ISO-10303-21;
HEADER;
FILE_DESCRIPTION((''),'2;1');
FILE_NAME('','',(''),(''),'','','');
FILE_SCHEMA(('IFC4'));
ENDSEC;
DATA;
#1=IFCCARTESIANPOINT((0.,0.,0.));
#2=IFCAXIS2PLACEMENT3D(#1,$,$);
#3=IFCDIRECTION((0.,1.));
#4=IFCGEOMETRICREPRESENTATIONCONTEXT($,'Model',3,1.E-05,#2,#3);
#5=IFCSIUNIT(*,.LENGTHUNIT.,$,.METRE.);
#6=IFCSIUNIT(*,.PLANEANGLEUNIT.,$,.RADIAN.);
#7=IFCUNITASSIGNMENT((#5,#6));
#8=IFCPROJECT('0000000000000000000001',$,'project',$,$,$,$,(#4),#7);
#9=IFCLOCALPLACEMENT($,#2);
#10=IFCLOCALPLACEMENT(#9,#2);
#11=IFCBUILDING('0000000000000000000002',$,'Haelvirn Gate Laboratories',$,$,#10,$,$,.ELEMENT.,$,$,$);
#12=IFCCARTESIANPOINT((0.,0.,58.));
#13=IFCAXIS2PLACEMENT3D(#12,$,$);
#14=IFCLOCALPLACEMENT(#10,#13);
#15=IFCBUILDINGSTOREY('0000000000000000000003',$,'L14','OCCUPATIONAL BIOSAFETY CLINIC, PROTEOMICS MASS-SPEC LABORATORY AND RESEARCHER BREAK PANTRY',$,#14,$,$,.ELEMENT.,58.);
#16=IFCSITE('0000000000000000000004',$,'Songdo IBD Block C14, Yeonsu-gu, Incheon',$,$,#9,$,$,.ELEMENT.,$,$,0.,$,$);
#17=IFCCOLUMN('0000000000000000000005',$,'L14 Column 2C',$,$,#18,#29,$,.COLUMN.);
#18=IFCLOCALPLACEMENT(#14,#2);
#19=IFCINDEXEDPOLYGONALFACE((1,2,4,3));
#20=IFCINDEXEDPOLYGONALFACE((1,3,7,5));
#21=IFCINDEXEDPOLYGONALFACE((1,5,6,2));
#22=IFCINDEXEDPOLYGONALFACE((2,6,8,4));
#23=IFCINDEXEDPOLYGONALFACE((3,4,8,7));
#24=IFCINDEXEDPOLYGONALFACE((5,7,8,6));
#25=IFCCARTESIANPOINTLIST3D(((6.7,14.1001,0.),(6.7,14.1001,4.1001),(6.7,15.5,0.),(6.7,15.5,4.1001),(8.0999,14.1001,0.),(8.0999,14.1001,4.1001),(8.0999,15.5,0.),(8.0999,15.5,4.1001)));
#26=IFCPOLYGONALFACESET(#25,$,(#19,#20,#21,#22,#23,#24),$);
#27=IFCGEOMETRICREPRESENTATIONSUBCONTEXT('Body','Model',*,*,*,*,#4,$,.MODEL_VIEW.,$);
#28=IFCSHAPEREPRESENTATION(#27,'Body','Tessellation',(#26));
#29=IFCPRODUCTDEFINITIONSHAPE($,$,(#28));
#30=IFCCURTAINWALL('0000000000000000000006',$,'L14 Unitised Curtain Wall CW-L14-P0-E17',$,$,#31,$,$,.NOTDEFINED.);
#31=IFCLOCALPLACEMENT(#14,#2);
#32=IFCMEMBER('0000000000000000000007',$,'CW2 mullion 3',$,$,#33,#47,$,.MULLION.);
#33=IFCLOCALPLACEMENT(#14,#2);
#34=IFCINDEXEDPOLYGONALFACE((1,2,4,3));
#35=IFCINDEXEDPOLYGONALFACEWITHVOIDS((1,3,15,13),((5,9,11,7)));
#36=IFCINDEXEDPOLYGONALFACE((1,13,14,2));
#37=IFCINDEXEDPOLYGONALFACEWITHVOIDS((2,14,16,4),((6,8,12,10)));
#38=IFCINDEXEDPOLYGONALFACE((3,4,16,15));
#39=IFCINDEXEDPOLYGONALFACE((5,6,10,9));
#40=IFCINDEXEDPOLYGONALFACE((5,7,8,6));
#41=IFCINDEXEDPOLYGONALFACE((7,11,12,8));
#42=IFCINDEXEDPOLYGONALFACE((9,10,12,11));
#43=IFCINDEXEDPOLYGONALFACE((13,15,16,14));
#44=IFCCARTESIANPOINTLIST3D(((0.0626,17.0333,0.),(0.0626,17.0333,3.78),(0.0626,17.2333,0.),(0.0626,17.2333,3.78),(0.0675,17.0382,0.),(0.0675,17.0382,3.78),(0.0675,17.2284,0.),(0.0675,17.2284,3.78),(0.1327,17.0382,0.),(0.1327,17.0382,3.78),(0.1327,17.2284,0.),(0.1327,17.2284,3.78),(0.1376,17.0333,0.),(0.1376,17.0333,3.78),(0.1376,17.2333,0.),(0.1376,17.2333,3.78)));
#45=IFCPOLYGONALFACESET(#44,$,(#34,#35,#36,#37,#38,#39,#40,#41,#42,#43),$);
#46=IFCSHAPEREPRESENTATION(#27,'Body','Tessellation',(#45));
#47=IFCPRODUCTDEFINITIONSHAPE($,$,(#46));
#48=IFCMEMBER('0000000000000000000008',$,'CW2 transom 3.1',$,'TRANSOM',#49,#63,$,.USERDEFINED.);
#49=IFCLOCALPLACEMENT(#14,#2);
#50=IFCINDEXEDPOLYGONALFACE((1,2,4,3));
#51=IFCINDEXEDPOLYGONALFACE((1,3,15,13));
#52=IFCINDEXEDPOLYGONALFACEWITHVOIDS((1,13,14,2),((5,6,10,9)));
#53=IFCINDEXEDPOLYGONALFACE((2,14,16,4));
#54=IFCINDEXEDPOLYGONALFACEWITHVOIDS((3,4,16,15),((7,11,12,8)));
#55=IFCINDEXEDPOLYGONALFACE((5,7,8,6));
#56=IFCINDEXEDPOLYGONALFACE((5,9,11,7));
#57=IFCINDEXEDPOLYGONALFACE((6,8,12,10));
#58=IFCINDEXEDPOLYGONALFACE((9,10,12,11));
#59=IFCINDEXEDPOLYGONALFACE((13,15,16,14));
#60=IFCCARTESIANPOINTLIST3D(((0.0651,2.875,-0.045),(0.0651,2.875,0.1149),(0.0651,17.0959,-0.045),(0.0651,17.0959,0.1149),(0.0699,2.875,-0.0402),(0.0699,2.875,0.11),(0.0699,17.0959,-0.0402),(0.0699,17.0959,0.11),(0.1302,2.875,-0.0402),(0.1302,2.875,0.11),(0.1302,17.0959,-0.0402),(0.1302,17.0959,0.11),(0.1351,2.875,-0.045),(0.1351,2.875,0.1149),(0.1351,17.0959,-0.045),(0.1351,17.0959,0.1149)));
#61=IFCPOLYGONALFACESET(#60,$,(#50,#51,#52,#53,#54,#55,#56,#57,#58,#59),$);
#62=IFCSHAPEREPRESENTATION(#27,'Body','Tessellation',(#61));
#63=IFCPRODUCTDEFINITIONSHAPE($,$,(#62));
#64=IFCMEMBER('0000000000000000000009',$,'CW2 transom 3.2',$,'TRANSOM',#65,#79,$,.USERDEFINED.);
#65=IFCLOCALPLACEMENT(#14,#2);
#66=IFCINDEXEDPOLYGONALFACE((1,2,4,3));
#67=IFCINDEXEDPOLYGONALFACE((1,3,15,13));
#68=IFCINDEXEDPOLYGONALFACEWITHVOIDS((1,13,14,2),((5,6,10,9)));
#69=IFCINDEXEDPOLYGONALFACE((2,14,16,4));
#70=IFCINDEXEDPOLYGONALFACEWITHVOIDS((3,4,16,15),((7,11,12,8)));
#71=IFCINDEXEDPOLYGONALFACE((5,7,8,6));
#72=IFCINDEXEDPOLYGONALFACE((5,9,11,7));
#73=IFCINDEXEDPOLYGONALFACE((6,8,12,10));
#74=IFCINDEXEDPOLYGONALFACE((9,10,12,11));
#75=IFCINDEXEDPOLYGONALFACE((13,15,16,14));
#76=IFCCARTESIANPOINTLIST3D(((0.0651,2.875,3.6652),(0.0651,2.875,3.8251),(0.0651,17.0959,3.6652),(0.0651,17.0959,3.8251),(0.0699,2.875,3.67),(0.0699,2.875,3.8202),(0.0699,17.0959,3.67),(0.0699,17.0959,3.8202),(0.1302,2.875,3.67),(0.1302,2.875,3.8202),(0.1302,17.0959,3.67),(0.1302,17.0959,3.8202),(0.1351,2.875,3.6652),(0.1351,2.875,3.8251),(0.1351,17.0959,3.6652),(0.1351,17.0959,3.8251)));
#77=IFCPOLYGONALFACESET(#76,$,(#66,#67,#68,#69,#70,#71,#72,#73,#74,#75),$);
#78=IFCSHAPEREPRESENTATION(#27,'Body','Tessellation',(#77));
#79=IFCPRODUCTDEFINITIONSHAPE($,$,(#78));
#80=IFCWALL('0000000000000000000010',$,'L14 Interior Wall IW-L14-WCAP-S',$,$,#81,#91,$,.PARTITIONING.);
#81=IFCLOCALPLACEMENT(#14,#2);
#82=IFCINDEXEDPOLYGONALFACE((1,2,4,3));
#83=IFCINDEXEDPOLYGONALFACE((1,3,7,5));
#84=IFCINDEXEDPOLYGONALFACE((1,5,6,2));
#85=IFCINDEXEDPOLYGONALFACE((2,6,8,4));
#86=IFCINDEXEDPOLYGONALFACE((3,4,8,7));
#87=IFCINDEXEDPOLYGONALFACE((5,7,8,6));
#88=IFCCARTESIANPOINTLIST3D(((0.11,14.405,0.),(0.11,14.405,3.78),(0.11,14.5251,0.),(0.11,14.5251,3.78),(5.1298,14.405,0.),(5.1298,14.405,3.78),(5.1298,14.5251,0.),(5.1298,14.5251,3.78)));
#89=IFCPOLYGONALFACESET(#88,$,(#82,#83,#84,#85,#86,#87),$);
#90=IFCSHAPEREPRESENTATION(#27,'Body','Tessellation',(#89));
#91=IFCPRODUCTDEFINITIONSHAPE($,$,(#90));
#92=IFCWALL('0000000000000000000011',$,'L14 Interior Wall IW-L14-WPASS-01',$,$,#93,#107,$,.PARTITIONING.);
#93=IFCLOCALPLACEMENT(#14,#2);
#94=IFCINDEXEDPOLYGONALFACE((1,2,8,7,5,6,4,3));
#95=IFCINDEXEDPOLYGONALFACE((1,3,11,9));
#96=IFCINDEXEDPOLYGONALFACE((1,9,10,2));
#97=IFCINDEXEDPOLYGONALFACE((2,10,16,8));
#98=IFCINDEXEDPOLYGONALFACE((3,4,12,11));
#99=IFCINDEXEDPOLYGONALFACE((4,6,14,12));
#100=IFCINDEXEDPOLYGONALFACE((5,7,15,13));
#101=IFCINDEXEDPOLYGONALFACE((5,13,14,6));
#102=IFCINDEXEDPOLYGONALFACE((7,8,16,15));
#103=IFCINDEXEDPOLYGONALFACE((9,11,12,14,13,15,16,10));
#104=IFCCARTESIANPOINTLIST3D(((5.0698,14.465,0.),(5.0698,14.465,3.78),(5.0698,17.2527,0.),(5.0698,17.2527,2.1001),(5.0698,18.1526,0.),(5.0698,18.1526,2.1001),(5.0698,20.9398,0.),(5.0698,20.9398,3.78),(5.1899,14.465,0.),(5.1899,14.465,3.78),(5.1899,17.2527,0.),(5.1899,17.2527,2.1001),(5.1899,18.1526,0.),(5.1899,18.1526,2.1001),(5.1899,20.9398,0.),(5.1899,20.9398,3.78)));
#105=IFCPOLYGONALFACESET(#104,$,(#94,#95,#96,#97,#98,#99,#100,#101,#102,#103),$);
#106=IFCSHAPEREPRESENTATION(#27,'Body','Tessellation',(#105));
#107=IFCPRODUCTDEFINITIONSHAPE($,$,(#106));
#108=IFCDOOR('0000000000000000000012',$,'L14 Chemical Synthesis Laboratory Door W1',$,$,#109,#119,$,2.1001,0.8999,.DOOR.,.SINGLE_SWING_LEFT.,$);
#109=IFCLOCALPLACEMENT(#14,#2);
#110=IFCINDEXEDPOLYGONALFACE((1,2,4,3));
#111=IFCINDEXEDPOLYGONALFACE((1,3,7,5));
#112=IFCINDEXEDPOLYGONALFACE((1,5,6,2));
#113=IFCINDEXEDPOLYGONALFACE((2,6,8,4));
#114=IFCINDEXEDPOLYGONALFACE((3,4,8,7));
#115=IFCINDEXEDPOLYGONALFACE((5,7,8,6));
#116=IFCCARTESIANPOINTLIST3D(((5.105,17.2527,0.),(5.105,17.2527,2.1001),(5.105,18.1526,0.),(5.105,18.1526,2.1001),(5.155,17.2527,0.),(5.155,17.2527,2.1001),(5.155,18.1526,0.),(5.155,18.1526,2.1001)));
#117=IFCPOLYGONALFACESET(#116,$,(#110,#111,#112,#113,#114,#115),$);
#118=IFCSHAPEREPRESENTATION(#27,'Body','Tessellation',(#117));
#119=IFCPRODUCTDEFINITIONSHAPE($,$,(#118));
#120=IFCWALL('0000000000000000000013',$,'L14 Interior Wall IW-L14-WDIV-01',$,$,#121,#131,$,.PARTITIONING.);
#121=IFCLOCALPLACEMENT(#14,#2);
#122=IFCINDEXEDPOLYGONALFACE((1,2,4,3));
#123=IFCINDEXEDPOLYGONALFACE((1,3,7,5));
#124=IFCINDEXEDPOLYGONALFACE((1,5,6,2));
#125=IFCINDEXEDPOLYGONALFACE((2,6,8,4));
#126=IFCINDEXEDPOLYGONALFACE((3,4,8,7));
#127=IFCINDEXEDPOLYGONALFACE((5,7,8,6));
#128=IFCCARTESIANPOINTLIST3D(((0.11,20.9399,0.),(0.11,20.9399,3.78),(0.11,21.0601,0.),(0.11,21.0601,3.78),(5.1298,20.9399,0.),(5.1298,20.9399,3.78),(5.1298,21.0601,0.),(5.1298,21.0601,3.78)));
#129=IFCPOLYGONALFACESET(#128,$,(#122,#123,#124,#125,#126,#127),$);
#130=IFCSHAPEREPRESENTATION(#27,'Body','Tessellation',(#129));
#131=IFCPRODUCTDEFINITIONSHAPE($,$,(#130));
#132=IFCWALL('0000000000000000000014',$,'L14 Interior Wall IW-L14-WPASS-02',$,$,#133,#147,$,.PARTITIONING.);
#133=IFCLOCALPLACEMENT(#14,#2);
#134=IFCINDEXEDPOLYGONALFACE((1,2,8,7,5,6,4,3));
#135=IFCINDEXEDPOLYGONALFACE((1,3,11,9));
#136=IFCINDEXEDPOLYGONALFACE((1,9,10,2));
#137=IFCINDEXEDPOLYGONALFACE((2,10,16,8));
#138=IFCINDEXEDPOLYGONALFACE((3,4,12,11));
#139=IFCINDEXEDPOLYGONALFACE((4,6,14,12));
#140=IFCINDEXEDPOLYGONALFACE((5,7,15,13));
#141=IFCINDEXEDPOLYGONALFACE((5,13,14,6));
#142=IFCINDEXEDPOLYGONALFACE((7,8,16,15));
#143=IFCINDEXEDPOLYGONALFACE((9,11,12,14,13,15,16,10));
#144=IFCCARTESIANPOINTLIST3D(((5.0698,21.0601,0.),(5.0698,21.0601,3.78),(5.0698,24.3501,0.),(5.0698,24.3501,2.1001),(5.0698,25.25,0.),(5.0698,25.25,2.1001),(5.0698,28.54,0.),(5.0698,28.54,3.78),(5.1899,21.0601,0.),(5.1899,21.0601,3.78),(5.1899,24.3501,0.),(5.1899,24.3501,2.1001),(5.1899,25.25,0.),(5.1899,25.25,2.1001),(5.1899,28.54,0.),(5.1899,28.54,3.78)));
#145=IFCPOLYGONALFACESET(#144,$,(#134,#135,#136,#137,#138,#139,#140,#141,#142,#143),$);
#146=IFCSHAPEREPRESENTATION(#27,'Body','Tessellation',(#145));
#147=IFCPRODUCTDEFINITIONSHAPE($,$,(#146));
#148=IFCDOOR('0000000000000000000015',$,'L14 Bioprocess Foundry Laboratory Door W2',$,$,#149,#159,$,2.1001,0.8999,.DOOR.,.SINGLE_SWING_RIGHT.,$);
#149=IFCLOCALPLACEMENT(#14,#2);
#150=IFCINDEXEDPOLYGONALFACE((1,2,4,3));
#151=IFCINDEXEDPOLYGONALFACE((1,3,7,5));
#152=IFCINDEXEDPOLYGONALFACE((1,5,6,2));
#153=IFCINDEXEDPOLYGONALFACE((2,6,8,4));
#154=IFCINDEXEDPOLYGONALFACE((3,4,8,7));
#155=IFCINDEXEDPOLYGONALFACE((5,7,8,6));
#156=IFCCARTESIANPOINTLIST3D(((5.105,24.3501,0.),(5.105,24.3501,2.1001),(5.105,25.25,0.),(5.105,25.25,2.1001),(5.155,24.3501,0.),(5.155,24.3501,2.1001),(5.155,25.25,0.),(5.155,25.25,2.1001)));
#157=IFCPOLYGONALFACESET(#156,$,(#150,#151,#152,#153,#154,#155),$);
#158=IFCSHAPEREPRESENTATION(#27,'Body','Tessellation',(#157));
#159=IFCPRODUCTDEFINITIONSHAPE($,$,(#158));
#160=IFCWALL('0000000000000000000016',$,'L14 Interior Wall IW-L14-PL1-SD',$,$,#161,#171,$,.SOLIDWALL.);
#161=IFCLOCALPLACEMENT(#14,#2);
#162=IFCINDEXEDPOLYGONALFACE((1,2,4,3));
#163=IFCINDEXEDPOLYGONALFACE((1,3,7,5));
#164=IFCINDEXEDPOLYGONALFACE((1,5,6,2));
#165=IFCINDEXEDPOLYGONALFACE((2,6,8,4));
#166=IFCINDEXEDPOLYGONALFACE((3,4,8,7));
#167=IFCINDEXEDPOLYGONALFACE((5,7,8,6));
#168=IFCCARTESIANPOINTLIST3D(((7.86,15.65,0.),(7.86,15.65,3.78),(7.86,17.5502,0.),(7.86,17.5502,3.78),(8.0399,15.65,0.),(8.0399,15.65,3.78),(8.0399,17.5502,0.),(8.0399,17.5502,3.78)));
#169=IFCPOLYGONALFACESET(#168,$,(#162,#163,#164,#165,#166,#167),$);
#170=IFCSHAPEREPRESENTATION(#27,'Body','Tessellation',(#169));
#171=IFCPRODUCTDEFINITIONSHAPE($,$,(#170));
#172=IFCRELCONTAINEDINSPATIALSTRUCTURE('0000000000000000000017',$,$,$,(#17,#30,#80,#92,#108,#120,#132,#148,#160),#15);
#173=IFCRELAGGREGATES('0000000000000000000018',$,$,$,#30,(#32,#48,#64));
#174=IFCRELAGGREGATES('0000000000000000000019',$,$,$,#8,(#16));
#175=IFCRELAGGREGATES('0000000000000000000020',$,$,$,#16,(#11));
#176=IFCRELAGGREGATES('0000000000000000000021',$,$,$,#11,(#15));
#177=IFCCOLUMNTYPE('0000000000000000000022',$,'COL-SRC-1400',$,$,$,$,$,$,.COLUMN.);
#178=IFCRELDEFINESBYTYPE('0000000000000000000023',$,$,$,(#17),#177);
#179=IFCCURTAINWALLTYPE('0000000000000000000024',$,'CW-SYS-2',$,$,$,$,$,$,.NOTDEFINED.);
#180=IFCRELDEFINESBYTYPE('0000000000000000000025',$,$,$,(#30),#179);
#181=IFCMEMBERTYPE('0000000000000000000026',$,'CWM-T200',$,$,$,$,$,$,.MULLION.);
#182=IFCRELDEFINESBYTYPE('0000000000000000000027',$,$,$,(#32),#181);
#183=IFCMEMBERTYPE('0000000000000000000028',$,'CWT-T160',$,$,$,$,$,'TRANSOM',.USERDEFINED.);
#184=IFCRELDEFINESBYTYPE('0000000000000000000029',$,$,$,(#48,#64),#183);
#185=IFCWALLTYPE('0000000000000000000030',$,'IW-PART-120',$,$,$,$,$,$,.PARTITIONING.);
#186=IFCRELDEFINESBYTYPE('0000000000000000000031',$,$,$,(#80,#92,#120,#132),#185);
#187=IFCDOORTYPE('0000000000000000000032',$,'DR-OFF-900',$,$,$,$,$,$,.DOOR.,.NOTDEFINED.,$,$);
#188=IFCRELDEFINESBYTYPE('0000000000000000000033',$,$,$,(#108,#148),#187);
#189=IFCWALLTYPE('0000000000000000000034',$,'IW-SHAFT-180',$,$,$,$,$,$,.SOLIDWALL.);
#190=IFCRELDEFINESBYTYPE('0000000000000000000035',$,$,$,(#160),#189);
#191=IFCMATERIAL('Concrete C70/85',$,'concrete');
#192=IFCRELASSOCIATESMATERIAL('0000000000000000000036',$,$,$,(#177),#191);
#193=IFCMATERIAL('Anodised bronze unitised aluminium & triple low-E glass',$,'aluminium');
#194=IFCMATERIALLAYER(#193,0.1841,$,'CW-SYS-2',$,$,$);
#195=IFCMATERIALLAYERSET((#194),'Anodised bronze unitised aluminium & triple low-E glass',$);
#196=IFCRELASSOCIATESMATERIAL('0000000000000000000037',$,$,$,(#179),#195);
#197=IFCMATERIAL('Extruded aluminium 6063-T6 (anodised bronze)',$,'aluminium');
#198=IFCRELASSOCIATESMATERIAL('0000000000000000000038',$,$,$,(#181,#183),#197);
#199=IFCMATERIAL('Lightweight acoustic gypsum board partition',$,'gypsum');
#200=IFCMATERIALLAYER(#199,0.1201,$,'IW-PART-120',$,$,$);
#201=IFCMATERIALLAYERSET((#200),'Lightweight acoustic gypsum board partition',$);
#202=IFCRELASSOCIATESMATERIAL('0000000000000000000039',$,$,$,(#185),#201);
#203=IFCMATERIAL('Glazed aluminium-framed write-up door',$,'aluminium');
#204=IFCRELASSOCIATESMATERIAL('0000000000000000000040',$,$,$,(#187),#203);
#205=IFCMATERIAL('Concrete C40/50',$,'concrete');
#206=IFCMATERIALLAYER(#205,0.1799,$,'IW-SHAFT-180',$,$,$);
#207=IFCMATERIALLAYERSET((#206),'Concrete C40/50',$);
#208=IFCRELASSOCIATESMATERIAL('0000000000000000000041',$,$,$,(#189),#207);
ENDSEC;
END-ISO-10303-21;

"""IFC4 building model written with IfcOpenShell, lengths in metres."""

from ifc_helpers import new_model, si_unit, direction, frame, frame_2d, origin, origin_2d, place, context, subcontext, project, spatial, rectangle, hollow_rectangle, extrude, source, transform, mapped, material, layer, layer_set, material_profile, profile_set, type_object, type_shapes, element, fill, aggregate, save


model = new_model("IFC4")

# Units and contexts
model_context = context("Model", 3, precision=1e-05, world=origin(), true_north=direction((0.0, 1.0)))
body_context = subcontext(model_context, "Body", "Model", "MODEL_VIEW")
ifc_project = project(units=[si_unit("LENGTHUNIT", "METRE"), si_unit("PLANEANGLEUNIT", "RADIAN")], contexts=[model_context])

# Site, building, storey
site_placement = place(None, origin())
site = spatial("IfcSite", under=ifc_project, at=site_placement, Name="Songdo IBD Block C14, Yeonsu-gu, Incheon", CompositionType="ELEMENT", RefElevation=0.0)
building_placement = place(site_placement, origin())
building = spatial("IfcBuilding", under=site, at=building_placement, Name="Haelvirn Gate Laboratories", CompositionType="ELEMENT")
storey_placement = place(building_placement, frame((0.0, 0.0, 58.0)))
storey = spatial("IfcBuildingStorey", under=building, at=storey_placement, Name="L14", Description="OCCUPATIONAL BIOSAFETY CLINIC, PROTEOMICS MASS-SPEC LABORATORY AND RESEARCHER BREAK PANTRY", CompositionType="ELEMENT", Elevation=58.0)

# Column
ifc_material_1 = material(Name="Concrete C70/85", Category="concrete")
ifc_material_profile_1 = material_profile(ifc_material_1, rectangle(XDim=1.3999, YDim=1.3999, at=origin_2d()), Name="SRC-1400x1400")
ifc_profile_set_1 = profile_set([ifc_material_profile_1], Name="Concrete C70/85")
column_type = type_object("IfcColumnType", Name="COL-SRC-1400", PredefinedType="COLUMN", material=ifc_profile_set_1)
shared_shape_1 = source(origin(), body_context, "Body", "SweptSolid", [
    extrude(rectangle(XDim=1.3999, YDim=1.3999, at=origin_2d()), origin(), (0.0, 0.0, 1.0), 4.1001),
])
type_shapes(column_type, [shared_shape_1])
column_placement = place(storey_placement, frame((7.3999, 14.8, 0.0), z_axis=(0.0, 0.0, 1.0), x_axis=(1.0, 0.0, 0.0)))
element("IfcColumn", 1, at=column_placement, inside=storey, type_object=column_type, Name="L14 Column 2C", PredefinedType="COLUMN", context=body_context, shape_type="MappedRepresentation", body=[
    mapped(shared_shape_1, transform((0.0, 0.0, 0.0), scale=1.0)),
])

# Curtain wall, members
ifc_material_2 = material(Name="Anodised bronze unitised aluminium & triple low-E glass", Category="aluminium")
ifc_layer_1 = layer(ifc_material_2, 0.1841, Name="CW-SYS-2")
ifc_layer_set_1 = layer_set([ifc_layer_1], Name="Anodised bronze unitised aluminium & triple low-E glass")
curtain_wall_type = type_object("IfcCurtainWallType", Name="CW-SYS-2", PredefinedType="NOTDEFINED", material=ifc_layer_set_1)
curtain_wall_placement = place(storey_placement, origin())
curtain_wall = element("IfcCurtainWall", 2, at=curtain_wall_placement, inside=storey, type_object=curtain_wall_type, Name="L14 Unitised Curtain Wall CW-L14-P0-E17", PredefinedType="NOTDEFINED")
ifc_material_3 = material(Name="Extruded aluminium 6063-T6 (anodised bronze)", Category="aluminium")
ifc_material_profile_2 = material_profile(ifc_material_3, hollow_rectangle(XDim=0.075, YDim=0.2, WallThickness=0.0049, at=origin_2d()), Name="CWM-200x75x5")
ifc_profile_set_2 = profile_set([ifc_material_profile_2], Name="Extruded aluminium 6063-T6 (anodised bronze)")
member_type_1 = type_object("IfcMemberType", Name="CWM-T200", PredefinedType="MULLION", material=ifc_profile_set_2)
shared_shape_2 = source(origin(), body_context, "Body", "SweptSolid", [
    extrude(hollow_rectangle(XDim=0.075, YDim=0.2, WallThickness=0.0049, at=origin_2d()), origin(), (0.0, 0.0, 1.0), 3.78),
])
type_shapes(member_type_1, [shared_shape_2])
member_1_placement = place(storey_placement, frame((0.1001, 17.1333, 0.0), z_axis=(0.0, 0.0, 1.0), x_axis=(1.0, 0.0, 0.0)))
member_1 = element("IfcMember", 3, at=member_1_placement, type_object=member_type_1, Name="CW2 mullion 3", PredefinedType="MULLION", context=body_context, shape_type="MappedRepresentation", body=[
    mapped(shared_shape_2, transform((0.0, 0.0, 0.0), scale=1.0)),
])
ifc_material_profile_3 = material_profile(ifc_material_3, hollow_rectangle(XDim=0.0701, YDim=0.1599, WallThickness=0.0049, at=origin_2d()), Name="CWT-160x70x5")
ifc_profile_set_3 = profile_set([ifc_material_profile_3], Name="Extruded aluminium 6063-T6 (anodised bronze)")
member_type_2 = type_object("IfcMemberType", Name="CWT-T160", ElementType="TRANSOM", PredefinedType="USERDEFINED", material=ifc_profile_set_3)
shared_shape_3 = source(origin(), body_context, "Body", "SweptSolid", [
    extrude(hollow_rectangle(XDim=0.0701, YDim=0.1599, WallThickness=0.0049, at=origin_2d()), origin(), (0.0, 0.0, 1.0), 14.2209),
])
type_shapes(member_type_2, [shared_shape_3])
member_2_placement = place(storey_placement, frame((0.1001, 17.0959, 0.0349), z_axis=(0.0, -1.0, 0.0), x_axis=(1.0, 0.0, 0.0)))
member_2 = element("IfcMember", 4, at=member_2_placement, type_object=member_type_2, Name="CW2 transom 3.1", ObjectType="TRANSOM", PredefinedType="USERDEFINED", context=body_context, shape_type="MappedRepresentation", body=[
    mapped(shared_shape_3, transform((0.0, 0.0, 0.0), scale=1.0)),
])
member_3_placement = place(storey_placement, frame((0.1001, 17.0959, 3.7451), z_axis=(0.0, -1.0, 0.0), x_axis=(1.0, 0.0, 0.0)))
member_3 = element("IfcMember", 5, at=member_3_placement, type_object=member_type_2, Name="CW2 transom 3.2", ObjectType="TRANSOM", PredefinedType="USERDEFINED", context=body_context, shape_type="MappedRepresentation", body=[
    mapped(shared_shape_3, transform((0.0, 0.0, 0.0), scale=1.0)),
])
aggregate(curtain_wall, [member_1, member_2, member_3])

# Wall
ifc_material_4 = material(Name="Lightweight acoustic gypsum board partition", Category="gypsum")
ifc_layer_2 = layer(ifc_material_4, 0.1201, Name="IW-PART-120")
ifc_layer_set_2 = layer_set([ifc_layer_2], Name="Lightweight acoustic gypsum board partition")
wall_type_1 = type_object("IfcWallType", Name="IW-PART-120", PredefinedType="PARTITIONING", material=ifc_layer_set_2)
wall_1_placement = place(storey_placement, frame((0.1101, 14.4651, 0.0), z_axis=(0.0, 0.0, 1.0), x_axis=(1.0, 0.0, 0.0)))
element("IfcWall", 6, at=wall_1_placement, inside=storey, type_object=wall_type_1, Name="L14 Interior Wall IW-L14-WCAP-S", PredefinedType="PARTITIONING", context=body_context, shape_type="SweptSolid", body=[
    extrude(rectangle(XDim=5.0198, YDim=0.1201, at=frame_2d((2.5098, 0.0))), origin(), (0.0, 0.0, 1.0), 3.78),
])

# Wall, opening, door
wall_2_placement = place(storey_placement, frame((5.1299, 14.4651, 0.0), z_axis=(0.0, 0.0, 1.0), x_axis=(0.0, 1.0, 0.0)))
wall_2 = element("IfcWall", 7, at=wall_2_placement, inside=storey, type_object=wall_type_1, Name="L14 Interior Wall IW-L14-WPASS-01", PredefinedType="PARTITIONING", context=body_context, shape_type="SweptSolid", body=[
    extrude(rectangle(XDim=6.4749, YDim=0.1201, at=frame_2d((3.2373, 0.0))), origin(), (0.0, 0.0, 1.0), 3.78),
])
opening_1_placement = place(wall_2_placement, frame((2.7876, 0.0, 0.0)))
opening_1 = element("IfcOpeningElement", 8, at=opening_1_placement, cuts=wall_2, PredefinedType="OPENING", context=body_context, shape_type="SweptSolid", body=[
    extrude(rectangle(XDim=0.8999, YDim=2.1001, at=frame_2d((0.45, 1.05))), frame((0.0, 0.0701, 0.0), z_axis=(0.0, -1.0, 0.0), x_axis=(1.0, 0.0, 0.0)), (0.0, 0.0, 1.0), 0.1401),
])
ifc_material_5 = material(Name="Glazed aluminium-framed write-up door", Category="aluminium")
door_type_1 = type_object("IfcDoorType", Name="DR-OFF-900", OperationType="NOTDEFINED", PredefinedType="DOOR", material=ifc_material_5)
shared_shape_4 = source(origin(), body_context, "Body", "SweptSolid", [
    extrude(rectangle(XDim=0.8999, YDim=2.1001, at=frame_2d((0.45, 1.05))), frame((0.0, 0.0249, 0.0), z_axis=(0.0, -1.0, 0.0), x_axis=(1.0, 0.0, 0.0)), (0.0, 0.0, 1.0), 0.05),
])
type_shapes(door_type_1, [shared_shape_4])
door_1_placement = place(opening_1_placement, origin())
door_1 = element("IfcDoor", 9, at=door_1_placement, inside=storey, type_object=door_type_1, Name="L14 Chemical Synthesis Laboratory Door W1", OperationType="SINGLE_SWING_LEFT", OverallHeight=2.1001, OverallWidth=0.8999, PredefinedType="DOOR", context=body_context, shape_type="MappedRepresentation", body=[
    mapped(shared_shape_4, transform((0.0, 0.0, 0.0), scale=1.0)),
])
fill(opening_1, door_1)

# Wall
wall_3_placement = place(storey_placement, frame((0.1101, 21.0, 0.0), z_axis=(0.0, 0.0, 1.0), x_axis=(1.0, 0.0, 0.0)))
element("IfcWall", 10, at=wall_3_placement, inside=storey, type_object=wall_type_1, Name="L14 Interior Wall IW-L14-WDIV-01", PredefinedType="PARTITIONING", context=body_context, shape_type="SweptSolid", body=[
    extrude(rectangle(XDim=5.0198, YDim=0.1201, at=frame_2d((2.5098, 0.0))), origin(), (0.0, 0.0, 1.0), 3.78),
])

# Wall, opening, door
wall_4_placement = place(storey_placement, frame((5.1299, 21.0601, 0.0), z_axis=(0.0, 0.0, 1.0), x_axis=(0.0, 1.0, 0.0)))
wall_4 = element("IfcWall", 11, at=wall_4_placement, inside=storey, type_object=wall_type_1, Name="L14 Interior Wall IW-L14-WPASS-02", PredefinedType="PARTITIONING", context=body_context, shape_type="SweptSolid", body=[
    extrude(rectangle(XDim=7.48, YDim=0.1201, at=frame_2d((3.74, 0.0))), origin(), (0.0, 0.0, 1.0), 3.78),
])
opening_2_placement = place(wall_4_placement, frame((3.29, 0.0, 0.0)))
opening_2 = element("IfcOpeningElement", 12, at=opening_2_placement, cuts=wall_4, PredefinedType="OPENING", context=body_context, shape_type="SweptSolid", body=[
    extrude(rectangle(XDim=0.8999, YDim=2.1001, at=frame_2d((0.45, 1.05))), frame((0.0, 0.0701, 0.0), z_axis=(0.0, -1.0, 0.0), x_axis=(1.0, 0.0, 0.0)), (0.0, 0.0, 1.0), 0.1401),
])
door_2_placement = place(opening_2_placement, origin())
door_2 = element("IfcDoor", 13, at=door_2_placement, inside=storey, type_object=door_type_1, Name="L14 Bioprocess Foundry Laboratory Door W2", OperationType="SINGLE_SWING_RIGHT", OverallHeight=2.1001, OverallWidth=0.8999, PredefinedType="DOOR", context=body_context, shape_type="MappedRepresentation", body=[
    mapped(shared_shape_4, transform((0.0, 0.0, 0.0), scale=1.0)),
])
fill(opening_2, door_2)

# Wall
ifc_material_6 = material(Name="Concrete C40/50", Category="concrete")
ifc_layer_3 = layer(ifc_material_6, 0.1799, Name="IW-SHAFT-180")
ifc_layer_set_3 = layer_set([ifc_layer_3], Name="Concrete C40/50")
wall_type_2 = type_object("IfcWallType", Name="IW-SHAFT-180", PredefinedType="SOLIDWALL", material=ifc_layer_set_3)
for number, where, z_axis, x_axis, name in (
    (14, (7.95, 15.6499, 0.0), (0.0, 0.0, 1.0), (0.0, 1.0, 0.0), "L14 Interior Wall IW-L14-PL1-SD"),
):
    element("IfcWall", number, at=place(storey_placement, frame(where, z_axis=z_axis, x_axis=x_axis)), inside=storey, type_object=wall_type_2, Name=name, PredefinedType="SOLIDWALL", context=body_context, shape_type="SweptSolid", body=[
        extrude(rectangle(XDim=1.9001, YDim=0.1799, at=frame_2d((0.9502, 0.0))), origin(), (0.0, 0.0, 1.0), 3.78),
    ])

save(model, "model.ifc")
